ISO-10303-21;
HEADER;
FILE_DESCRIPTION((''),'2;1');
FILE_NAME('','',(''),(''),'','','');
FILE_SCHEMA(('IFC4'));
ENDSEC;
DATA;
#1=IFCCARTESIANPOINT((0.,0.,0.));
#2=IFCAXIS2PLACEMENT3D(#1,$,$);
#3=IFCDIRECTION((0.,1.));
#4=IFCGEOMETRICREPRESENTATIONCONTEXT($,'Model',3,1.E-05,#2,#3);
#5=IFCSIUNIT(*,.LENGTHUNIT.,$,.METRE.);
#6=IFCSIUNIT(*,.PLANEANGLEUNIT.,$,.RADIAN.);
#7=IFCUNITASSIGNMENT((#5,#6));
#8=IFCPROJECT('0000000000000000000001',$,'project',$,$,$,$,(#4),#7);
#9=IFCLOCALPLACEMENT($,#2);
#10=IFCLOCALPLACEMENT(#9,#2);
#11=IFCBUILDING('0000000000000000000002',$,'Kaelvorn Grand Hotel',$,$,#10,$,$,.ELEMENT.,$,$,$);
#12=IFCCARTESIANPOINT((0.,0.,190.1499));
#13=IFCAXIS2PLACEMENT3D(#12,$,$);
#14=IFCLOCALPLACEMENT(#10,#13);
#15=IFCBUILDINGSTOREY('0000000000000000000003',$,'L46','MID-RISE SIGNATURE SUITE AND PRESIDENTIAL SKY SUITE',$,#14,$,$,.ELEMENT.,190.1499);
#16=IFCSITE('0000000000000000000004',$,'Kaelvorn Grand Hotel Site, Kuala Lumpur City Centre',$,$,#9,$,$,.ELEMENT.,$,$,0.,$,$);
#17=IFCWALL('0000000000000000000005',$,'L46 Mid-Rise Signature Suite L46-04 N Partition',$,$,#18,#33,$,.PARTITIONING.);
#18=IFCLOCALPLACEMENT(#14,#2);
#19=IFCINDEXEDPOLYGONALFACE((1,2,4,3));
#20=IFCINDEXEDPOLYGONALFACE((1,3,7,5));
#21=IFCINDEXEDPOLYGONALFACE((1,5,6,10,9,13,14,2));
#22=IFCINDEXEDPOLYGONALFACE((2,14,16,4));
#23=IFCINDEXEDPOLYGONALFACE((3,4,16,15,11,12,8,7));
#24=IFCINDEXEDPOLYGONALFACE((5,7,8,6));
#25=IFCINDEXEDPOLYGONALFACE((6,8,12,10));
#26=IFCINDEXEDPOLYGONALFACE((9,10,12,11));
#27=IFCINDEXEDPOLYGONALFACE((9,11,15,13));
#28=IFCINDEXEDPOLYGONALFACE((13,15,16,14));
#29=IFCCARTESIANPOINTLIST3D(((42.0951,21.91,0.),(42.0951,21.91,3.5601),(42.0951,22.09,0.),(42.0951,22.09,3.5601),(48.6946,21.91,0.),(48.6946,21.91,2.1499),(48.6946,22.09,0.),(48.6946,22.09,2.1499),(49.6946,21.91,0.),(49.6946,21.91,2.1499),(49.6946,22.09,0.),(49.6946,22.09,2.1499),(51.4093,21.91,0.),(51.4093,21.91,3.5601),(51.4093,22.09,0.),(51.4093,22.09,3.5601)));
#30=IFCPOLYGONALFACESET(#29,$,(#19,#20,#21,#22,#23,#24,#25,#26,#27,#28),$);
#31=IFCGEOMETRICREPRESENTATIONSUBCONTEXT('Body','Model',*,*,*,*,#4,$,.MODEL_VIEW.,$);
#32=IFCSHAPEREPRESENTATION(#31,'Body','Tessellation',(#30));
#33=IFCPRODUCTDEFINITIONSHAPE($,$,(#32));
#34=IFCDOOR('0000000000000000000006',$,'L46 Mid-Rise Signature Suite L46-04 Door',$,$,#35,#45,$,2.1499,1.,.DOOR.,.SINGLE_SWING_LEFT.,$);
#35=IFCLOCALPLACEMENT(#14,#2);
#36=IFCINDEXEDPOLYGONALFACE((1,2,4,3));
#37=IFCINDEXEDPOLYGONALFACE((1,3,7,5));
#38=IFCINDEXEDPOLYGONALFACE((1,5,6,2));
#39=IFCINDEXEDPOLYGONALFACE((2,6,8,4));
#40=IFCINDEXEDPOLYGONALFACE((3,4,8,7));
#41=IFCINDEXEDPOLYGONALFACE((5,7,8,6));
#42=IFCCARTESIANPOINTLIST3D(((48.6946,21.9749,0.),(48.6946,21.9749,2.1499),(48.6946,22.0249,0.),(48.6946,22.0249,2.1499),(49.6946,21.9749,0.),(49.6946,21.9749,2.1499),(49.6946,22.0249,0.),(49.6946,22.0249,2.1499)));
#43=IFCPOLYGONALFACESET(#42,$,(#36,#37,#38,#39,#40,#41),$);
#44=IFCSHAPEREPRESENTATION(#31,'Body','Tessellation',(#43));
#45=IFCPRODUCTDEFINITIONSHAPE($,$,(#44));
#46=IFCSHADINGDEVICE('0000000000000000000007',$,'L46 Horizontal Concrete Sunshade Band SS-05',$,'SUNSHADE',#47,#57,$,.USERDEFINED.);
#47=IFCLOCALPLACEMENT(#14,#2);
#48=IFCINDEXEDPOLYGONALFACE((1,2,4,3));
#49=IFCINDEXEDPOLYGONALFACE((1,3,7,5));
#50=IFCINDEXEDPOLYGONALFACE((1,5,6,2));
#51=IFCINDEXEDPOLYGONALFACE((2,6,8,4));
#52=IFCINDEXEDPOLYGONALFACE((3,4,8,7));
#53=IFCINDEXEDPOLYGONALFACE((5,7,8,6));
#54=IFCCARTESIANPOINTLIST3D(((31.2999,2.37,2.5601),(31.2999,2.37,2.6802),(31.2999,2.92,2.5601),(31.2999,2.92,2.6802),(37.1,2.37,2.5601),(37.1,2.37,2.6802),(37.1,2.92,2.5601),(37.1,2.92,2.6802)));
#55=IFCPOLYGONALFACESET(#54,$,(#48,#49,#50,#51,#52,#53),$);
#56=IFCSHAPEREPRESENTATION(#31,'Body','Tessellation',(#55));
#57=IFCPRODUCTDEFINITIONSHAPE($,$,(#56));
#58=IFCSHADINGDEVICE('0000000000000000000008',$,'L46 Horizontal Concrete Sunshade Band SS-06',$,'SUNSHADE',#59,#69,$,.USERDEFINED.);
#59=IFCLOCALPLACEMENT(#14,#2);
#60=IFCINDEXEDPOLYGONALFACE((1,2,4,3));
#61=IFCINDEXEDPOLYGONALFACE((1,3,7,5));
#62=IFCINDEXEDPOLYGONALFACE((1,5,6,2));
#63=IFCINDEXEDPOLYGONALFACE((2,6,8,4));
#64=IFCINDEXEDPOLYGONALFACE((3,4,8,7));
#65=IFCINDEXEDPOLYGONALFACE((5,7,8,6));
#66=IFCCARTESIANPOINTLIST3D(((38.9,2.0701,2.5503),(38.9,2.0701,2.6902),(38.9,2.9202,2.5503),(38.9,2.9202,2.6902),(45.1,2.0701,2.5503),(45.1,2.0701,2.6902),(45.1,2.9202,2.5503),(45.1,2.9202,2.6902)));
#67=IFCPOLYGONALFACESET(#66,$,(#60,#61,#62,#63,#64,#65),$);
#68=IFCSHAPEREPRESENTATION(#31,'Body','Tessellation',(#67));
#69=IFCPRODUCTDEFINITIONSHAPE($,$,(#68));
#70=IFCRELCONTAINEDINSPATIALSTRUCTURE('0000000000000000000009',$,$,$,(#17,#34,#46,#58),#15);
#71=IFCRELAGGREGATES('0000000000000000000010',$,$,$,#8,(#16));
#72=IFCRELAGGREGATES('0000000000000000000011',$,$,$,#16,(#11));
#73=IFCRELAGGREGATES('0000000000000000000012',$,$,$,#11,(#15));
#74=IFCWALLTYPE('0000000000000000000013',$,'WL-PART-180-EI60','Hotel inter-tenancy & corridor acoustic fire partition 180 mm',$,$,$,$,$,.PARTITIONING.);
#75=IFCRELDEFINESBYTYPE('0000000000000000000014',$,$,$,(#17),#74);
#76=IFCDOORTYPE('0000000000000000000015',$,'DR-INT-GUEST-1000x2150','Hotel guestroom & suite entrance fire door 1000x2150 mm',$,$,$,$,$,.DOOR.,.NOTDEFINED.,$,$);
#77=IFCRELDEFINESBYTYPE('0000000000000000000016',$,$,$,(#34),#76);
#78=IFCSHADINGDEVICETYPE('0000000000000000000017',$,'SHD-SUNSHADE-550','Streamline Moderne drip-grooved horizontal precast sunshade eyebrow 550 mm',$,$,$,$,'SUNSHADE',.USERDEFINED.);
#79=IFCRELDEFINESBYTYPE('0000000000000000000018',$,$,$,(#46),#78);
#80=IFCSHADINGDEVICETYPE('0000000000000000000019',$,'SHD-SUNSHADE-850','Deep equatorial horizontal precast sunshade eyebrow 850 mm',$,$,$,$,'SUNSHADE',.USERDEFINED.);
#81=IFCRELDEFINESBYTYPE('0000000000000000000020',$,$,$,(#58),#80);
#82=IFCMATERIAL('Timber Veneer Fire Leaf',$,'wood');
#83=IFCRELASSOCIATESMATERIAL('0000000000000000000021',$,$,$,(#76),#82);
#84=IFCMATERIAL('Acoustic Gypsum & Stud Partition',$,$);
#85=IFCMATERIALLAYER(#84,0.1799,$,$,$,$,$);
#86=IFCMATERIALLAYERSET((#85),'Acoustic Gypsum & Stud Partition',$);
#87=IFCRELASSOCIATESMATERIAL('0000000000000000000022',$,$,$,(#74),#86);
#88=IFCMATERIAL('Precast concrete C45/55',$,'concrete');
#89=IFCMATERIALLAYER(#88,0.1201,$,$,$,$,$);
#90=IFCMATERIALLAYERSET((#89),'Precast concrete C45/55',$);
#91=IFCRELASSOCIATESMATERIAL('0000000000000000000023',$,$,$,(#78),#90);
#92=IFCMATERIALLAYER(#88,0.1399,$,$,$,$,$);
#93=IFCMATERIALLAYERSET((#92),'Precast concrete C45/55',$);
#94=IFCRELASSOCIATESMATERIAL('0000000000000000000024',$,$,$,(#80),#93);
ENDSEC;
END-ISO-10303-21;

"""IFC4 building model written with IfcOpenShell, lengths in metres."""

from ifc_helpers import new_model, si_unit, direction, frame, frame_2d, origin, origin_2d, place, context, subcontext, project, spatial, rectangle, extrude, material, layer, layer_set, type_object, element, fill, save


model = new_model("IFC4")

# Units and contexts
model_context = context("Model", 3, precision=1e-05, world=origin(), true_north=direction((0.0, 1.0)))
body_context = subcontext(model_context, "Body", "Model", "MODEL_VIEW")
ifc_project = project(units=[si_unit("LENGTHUNIT", "METRE"), si_unit("PLANEANGLEUNIT", "RADIAN")], contexts=[model_context])

# Site, building, storey
site_placement = place(None, origin())
site = spatial("IfcSite", under=ifc_project, at=site_placement, Name="Kaelvorn Grand Hotel Site, Kuala Lumpur City Centre", CompositionType="ELEMENT", RefElevation=0.0)
building_placement = place(site_placement, origin())
building = spatial("IfcBuilding", under=site, at=building_placement, Name="Kaelvorn Grand Hotel", CompositionType="ELEMENT")
storey_placement = place(building_placement, frame((0.0, 0.0, 190.1499)))
storey = spatial("IfcBuildingStorey", under=building, at=storey_placement, Name="L46", Description="MID-RISE SIGNATURE SUITE AND PRESIDENTIAL SKY SUITE", CompositionType="ELEMENT", Elevation=190.1499)

# Shared definitions
ifc_material_1 = material(Name="Acoustic Gypsum & Stud Partition")

# Shared definitions
ifc_material_2 = material(Name="Timber Veneer Fire Leaf", Category="wood")
door_type_1 = type_object("IfcDoorType", Name="DR-INT-GUEST-1000x2150", Description="Hotel guestroom & suite entrance fire door 1000x2150 mm", OperationType="NOTDEFINED", PredefinedType="DOOR", material=ifc_material_2)

# Shared definitions
ifc_layer_1 = layer(ifc_material_1, 0.1799)
ifc_layer_set_1 = layer_set([ifc_layer_1], Name="Acoustic Gypsum & Stud Partition")
wall_type_1 = type_object("IfcWallType", Name="WL-PART-180-EI60", Description="Hotel inter-tenancy & corridor acoustic fire partition 180 mm", PredefinedType="PARTITIONING", material=ifc_layer_set_1)

# Wall, opening, door
wall_1_placement = place(storey_placement, frame((42.095, 22.0, 0.0), z_axis=(0.0, 0.0, 1.0), x_axis=(1.0, 0.0, 0.0)))
wall_1 = element("IfcWall", 1, at=wall_1_placement, inside=storey, type_object=wall_type_1, Name="L46 Mid-Rise Signature Suite L46-04 N Partition", PredefinedType="PARTITIONING", context=body_context, shape_type="SweptSolid", body=[
    extrude(rectangle(XDim=9.3142, YDim=0.1799, at=frame_2d((4.6572, 0.0))), origin(), (0.0, 0.0, 1.0), 3.5601),
])
opening_1_placement = place(wall_1_placement, frame((6.5996, 0.0, 0.0)))
opening_1 = element("IfcOpeningElement", 2, at=opening_1_placement, cuts=wall_1, PredefinedType="OPENING", context=body_context, shape_type="SweptSolid", body=[
    extrude(rectangle(XDim=1.0, YDim=2.1499, at=frame_2d((0.5, 1.075))), frame((0.0, 0.1001, 0.0), z_axis=(0.0, -1.0, 0.0), x_axis=(1.0, 0.0, 0.0)), (0.0, 0.0, 1.0), 0.2),
])
door_1_placement = place(opening_1_placement, origin())
door_1 = element("IfcDoor", 3, at=door_1_placement, inside=storey, type_object=door_type_1, Name="L46 Mid-Rise Signature Suite L46-04 Door", OperationType="SINGLE_SWING_LEFT", OverallHeight=2.1499, OverallWidth=1.0, PredefinedType="DOOR", context=body_context, shape_type="SweptSolid", body=[
    extrude(rectangle(XDim=1.0, YDim=2.1499, at=frame_2d((0.5, 1.075))), frame((0.0, 0.0249, 0.0), z_axis=(0.0, -1.0, 0.0), x_axis=(1.0, 0.0, 0.0)), (0.0, 0.0, 1.0), 0.05),
])
fill(opening_1, door_1)

# Shading devices
ifc_material_3 = material(Name="Precast concrete C45/55", Category="concrete")
ifc_layer_2 = layer(ifc_material_3, 0.1201)
ifc_layer_set_2 = layer_set([ifc_layer_2], Name="Precast concrete C45/55")
shading_device_type_1 = type_object("IfcShadingDeviceType", Name="SHD-SUNSHADE-550", Description="Streamline Moderne drip-grooved horizontal precast sunshade eyebrow 550 mm", ElementType="SUNSHADE", PredefinedType="USERDEFINED", material=ifc_layer_set_2)
shading_device_1_placement = place(storey_placement, frame((34.2, 2.645, 2.5601), z_axis=(0.0, 0.0, 1.0), x_axis=(1.0, 0.0, 0.0)))
element("IfcShadingDevice", 4, at=shading_device_1_placement, inside=storey, type_object=shading_device_type_1, Name="L46 Horizontal Concrete Sunshade Band SS-05", ObjectType="SUNSHADE", PredefinedType="USERDEFINED", context=body_context, shape_type="SweptSolid", body=[
    extrude(rectangle(XDim=5.8, YDim=0.55, at=origin_2d()), origin(), (0.0, 0.0, 1.0), 0.1201),
])
ifc_layer_3 = layer(ifc_material_3, 0.1399)
ifc_layer_set_3 = layer_set([ifc_layer_3], Name="Precast concrete C45/55")
shading_device_type_2 = type_object("IfcShadingDeviceType", Name="SHD-SUNSHADE-850", Description="Deep equatorial horizontal precast sunshade eyebrow 850 mm", ElementType="SUNSHADE", PredefinedType="USERDEFINED", material=ifc_layer_set_3)
shading_device_2_placement = place(storey_placement, frame((42.0, 2.4951, 2.5503), z_axis=(0.0, 0.0, 1.0), x_axis=(1.0, 0.0, 0.0)))
element("IfcShadingDevice", 5, at=shading_device_2_placement, inside=storey, type_object=shading_device_type_2, Name="L46 Horizontal Concrete Sunshade Band SS-06", ObjectType="SUNSHADE", PredefinedType="USERDEFINED", context=body_context, shape_type="SweptSolid", body=[
    extrude(rectangle(XDim=6.2, YDim=0.8501, at=origin_2d()), origin(), (0.0, 0.0, 1.0), 0.1399),
])

save(model, "model.ifc")
